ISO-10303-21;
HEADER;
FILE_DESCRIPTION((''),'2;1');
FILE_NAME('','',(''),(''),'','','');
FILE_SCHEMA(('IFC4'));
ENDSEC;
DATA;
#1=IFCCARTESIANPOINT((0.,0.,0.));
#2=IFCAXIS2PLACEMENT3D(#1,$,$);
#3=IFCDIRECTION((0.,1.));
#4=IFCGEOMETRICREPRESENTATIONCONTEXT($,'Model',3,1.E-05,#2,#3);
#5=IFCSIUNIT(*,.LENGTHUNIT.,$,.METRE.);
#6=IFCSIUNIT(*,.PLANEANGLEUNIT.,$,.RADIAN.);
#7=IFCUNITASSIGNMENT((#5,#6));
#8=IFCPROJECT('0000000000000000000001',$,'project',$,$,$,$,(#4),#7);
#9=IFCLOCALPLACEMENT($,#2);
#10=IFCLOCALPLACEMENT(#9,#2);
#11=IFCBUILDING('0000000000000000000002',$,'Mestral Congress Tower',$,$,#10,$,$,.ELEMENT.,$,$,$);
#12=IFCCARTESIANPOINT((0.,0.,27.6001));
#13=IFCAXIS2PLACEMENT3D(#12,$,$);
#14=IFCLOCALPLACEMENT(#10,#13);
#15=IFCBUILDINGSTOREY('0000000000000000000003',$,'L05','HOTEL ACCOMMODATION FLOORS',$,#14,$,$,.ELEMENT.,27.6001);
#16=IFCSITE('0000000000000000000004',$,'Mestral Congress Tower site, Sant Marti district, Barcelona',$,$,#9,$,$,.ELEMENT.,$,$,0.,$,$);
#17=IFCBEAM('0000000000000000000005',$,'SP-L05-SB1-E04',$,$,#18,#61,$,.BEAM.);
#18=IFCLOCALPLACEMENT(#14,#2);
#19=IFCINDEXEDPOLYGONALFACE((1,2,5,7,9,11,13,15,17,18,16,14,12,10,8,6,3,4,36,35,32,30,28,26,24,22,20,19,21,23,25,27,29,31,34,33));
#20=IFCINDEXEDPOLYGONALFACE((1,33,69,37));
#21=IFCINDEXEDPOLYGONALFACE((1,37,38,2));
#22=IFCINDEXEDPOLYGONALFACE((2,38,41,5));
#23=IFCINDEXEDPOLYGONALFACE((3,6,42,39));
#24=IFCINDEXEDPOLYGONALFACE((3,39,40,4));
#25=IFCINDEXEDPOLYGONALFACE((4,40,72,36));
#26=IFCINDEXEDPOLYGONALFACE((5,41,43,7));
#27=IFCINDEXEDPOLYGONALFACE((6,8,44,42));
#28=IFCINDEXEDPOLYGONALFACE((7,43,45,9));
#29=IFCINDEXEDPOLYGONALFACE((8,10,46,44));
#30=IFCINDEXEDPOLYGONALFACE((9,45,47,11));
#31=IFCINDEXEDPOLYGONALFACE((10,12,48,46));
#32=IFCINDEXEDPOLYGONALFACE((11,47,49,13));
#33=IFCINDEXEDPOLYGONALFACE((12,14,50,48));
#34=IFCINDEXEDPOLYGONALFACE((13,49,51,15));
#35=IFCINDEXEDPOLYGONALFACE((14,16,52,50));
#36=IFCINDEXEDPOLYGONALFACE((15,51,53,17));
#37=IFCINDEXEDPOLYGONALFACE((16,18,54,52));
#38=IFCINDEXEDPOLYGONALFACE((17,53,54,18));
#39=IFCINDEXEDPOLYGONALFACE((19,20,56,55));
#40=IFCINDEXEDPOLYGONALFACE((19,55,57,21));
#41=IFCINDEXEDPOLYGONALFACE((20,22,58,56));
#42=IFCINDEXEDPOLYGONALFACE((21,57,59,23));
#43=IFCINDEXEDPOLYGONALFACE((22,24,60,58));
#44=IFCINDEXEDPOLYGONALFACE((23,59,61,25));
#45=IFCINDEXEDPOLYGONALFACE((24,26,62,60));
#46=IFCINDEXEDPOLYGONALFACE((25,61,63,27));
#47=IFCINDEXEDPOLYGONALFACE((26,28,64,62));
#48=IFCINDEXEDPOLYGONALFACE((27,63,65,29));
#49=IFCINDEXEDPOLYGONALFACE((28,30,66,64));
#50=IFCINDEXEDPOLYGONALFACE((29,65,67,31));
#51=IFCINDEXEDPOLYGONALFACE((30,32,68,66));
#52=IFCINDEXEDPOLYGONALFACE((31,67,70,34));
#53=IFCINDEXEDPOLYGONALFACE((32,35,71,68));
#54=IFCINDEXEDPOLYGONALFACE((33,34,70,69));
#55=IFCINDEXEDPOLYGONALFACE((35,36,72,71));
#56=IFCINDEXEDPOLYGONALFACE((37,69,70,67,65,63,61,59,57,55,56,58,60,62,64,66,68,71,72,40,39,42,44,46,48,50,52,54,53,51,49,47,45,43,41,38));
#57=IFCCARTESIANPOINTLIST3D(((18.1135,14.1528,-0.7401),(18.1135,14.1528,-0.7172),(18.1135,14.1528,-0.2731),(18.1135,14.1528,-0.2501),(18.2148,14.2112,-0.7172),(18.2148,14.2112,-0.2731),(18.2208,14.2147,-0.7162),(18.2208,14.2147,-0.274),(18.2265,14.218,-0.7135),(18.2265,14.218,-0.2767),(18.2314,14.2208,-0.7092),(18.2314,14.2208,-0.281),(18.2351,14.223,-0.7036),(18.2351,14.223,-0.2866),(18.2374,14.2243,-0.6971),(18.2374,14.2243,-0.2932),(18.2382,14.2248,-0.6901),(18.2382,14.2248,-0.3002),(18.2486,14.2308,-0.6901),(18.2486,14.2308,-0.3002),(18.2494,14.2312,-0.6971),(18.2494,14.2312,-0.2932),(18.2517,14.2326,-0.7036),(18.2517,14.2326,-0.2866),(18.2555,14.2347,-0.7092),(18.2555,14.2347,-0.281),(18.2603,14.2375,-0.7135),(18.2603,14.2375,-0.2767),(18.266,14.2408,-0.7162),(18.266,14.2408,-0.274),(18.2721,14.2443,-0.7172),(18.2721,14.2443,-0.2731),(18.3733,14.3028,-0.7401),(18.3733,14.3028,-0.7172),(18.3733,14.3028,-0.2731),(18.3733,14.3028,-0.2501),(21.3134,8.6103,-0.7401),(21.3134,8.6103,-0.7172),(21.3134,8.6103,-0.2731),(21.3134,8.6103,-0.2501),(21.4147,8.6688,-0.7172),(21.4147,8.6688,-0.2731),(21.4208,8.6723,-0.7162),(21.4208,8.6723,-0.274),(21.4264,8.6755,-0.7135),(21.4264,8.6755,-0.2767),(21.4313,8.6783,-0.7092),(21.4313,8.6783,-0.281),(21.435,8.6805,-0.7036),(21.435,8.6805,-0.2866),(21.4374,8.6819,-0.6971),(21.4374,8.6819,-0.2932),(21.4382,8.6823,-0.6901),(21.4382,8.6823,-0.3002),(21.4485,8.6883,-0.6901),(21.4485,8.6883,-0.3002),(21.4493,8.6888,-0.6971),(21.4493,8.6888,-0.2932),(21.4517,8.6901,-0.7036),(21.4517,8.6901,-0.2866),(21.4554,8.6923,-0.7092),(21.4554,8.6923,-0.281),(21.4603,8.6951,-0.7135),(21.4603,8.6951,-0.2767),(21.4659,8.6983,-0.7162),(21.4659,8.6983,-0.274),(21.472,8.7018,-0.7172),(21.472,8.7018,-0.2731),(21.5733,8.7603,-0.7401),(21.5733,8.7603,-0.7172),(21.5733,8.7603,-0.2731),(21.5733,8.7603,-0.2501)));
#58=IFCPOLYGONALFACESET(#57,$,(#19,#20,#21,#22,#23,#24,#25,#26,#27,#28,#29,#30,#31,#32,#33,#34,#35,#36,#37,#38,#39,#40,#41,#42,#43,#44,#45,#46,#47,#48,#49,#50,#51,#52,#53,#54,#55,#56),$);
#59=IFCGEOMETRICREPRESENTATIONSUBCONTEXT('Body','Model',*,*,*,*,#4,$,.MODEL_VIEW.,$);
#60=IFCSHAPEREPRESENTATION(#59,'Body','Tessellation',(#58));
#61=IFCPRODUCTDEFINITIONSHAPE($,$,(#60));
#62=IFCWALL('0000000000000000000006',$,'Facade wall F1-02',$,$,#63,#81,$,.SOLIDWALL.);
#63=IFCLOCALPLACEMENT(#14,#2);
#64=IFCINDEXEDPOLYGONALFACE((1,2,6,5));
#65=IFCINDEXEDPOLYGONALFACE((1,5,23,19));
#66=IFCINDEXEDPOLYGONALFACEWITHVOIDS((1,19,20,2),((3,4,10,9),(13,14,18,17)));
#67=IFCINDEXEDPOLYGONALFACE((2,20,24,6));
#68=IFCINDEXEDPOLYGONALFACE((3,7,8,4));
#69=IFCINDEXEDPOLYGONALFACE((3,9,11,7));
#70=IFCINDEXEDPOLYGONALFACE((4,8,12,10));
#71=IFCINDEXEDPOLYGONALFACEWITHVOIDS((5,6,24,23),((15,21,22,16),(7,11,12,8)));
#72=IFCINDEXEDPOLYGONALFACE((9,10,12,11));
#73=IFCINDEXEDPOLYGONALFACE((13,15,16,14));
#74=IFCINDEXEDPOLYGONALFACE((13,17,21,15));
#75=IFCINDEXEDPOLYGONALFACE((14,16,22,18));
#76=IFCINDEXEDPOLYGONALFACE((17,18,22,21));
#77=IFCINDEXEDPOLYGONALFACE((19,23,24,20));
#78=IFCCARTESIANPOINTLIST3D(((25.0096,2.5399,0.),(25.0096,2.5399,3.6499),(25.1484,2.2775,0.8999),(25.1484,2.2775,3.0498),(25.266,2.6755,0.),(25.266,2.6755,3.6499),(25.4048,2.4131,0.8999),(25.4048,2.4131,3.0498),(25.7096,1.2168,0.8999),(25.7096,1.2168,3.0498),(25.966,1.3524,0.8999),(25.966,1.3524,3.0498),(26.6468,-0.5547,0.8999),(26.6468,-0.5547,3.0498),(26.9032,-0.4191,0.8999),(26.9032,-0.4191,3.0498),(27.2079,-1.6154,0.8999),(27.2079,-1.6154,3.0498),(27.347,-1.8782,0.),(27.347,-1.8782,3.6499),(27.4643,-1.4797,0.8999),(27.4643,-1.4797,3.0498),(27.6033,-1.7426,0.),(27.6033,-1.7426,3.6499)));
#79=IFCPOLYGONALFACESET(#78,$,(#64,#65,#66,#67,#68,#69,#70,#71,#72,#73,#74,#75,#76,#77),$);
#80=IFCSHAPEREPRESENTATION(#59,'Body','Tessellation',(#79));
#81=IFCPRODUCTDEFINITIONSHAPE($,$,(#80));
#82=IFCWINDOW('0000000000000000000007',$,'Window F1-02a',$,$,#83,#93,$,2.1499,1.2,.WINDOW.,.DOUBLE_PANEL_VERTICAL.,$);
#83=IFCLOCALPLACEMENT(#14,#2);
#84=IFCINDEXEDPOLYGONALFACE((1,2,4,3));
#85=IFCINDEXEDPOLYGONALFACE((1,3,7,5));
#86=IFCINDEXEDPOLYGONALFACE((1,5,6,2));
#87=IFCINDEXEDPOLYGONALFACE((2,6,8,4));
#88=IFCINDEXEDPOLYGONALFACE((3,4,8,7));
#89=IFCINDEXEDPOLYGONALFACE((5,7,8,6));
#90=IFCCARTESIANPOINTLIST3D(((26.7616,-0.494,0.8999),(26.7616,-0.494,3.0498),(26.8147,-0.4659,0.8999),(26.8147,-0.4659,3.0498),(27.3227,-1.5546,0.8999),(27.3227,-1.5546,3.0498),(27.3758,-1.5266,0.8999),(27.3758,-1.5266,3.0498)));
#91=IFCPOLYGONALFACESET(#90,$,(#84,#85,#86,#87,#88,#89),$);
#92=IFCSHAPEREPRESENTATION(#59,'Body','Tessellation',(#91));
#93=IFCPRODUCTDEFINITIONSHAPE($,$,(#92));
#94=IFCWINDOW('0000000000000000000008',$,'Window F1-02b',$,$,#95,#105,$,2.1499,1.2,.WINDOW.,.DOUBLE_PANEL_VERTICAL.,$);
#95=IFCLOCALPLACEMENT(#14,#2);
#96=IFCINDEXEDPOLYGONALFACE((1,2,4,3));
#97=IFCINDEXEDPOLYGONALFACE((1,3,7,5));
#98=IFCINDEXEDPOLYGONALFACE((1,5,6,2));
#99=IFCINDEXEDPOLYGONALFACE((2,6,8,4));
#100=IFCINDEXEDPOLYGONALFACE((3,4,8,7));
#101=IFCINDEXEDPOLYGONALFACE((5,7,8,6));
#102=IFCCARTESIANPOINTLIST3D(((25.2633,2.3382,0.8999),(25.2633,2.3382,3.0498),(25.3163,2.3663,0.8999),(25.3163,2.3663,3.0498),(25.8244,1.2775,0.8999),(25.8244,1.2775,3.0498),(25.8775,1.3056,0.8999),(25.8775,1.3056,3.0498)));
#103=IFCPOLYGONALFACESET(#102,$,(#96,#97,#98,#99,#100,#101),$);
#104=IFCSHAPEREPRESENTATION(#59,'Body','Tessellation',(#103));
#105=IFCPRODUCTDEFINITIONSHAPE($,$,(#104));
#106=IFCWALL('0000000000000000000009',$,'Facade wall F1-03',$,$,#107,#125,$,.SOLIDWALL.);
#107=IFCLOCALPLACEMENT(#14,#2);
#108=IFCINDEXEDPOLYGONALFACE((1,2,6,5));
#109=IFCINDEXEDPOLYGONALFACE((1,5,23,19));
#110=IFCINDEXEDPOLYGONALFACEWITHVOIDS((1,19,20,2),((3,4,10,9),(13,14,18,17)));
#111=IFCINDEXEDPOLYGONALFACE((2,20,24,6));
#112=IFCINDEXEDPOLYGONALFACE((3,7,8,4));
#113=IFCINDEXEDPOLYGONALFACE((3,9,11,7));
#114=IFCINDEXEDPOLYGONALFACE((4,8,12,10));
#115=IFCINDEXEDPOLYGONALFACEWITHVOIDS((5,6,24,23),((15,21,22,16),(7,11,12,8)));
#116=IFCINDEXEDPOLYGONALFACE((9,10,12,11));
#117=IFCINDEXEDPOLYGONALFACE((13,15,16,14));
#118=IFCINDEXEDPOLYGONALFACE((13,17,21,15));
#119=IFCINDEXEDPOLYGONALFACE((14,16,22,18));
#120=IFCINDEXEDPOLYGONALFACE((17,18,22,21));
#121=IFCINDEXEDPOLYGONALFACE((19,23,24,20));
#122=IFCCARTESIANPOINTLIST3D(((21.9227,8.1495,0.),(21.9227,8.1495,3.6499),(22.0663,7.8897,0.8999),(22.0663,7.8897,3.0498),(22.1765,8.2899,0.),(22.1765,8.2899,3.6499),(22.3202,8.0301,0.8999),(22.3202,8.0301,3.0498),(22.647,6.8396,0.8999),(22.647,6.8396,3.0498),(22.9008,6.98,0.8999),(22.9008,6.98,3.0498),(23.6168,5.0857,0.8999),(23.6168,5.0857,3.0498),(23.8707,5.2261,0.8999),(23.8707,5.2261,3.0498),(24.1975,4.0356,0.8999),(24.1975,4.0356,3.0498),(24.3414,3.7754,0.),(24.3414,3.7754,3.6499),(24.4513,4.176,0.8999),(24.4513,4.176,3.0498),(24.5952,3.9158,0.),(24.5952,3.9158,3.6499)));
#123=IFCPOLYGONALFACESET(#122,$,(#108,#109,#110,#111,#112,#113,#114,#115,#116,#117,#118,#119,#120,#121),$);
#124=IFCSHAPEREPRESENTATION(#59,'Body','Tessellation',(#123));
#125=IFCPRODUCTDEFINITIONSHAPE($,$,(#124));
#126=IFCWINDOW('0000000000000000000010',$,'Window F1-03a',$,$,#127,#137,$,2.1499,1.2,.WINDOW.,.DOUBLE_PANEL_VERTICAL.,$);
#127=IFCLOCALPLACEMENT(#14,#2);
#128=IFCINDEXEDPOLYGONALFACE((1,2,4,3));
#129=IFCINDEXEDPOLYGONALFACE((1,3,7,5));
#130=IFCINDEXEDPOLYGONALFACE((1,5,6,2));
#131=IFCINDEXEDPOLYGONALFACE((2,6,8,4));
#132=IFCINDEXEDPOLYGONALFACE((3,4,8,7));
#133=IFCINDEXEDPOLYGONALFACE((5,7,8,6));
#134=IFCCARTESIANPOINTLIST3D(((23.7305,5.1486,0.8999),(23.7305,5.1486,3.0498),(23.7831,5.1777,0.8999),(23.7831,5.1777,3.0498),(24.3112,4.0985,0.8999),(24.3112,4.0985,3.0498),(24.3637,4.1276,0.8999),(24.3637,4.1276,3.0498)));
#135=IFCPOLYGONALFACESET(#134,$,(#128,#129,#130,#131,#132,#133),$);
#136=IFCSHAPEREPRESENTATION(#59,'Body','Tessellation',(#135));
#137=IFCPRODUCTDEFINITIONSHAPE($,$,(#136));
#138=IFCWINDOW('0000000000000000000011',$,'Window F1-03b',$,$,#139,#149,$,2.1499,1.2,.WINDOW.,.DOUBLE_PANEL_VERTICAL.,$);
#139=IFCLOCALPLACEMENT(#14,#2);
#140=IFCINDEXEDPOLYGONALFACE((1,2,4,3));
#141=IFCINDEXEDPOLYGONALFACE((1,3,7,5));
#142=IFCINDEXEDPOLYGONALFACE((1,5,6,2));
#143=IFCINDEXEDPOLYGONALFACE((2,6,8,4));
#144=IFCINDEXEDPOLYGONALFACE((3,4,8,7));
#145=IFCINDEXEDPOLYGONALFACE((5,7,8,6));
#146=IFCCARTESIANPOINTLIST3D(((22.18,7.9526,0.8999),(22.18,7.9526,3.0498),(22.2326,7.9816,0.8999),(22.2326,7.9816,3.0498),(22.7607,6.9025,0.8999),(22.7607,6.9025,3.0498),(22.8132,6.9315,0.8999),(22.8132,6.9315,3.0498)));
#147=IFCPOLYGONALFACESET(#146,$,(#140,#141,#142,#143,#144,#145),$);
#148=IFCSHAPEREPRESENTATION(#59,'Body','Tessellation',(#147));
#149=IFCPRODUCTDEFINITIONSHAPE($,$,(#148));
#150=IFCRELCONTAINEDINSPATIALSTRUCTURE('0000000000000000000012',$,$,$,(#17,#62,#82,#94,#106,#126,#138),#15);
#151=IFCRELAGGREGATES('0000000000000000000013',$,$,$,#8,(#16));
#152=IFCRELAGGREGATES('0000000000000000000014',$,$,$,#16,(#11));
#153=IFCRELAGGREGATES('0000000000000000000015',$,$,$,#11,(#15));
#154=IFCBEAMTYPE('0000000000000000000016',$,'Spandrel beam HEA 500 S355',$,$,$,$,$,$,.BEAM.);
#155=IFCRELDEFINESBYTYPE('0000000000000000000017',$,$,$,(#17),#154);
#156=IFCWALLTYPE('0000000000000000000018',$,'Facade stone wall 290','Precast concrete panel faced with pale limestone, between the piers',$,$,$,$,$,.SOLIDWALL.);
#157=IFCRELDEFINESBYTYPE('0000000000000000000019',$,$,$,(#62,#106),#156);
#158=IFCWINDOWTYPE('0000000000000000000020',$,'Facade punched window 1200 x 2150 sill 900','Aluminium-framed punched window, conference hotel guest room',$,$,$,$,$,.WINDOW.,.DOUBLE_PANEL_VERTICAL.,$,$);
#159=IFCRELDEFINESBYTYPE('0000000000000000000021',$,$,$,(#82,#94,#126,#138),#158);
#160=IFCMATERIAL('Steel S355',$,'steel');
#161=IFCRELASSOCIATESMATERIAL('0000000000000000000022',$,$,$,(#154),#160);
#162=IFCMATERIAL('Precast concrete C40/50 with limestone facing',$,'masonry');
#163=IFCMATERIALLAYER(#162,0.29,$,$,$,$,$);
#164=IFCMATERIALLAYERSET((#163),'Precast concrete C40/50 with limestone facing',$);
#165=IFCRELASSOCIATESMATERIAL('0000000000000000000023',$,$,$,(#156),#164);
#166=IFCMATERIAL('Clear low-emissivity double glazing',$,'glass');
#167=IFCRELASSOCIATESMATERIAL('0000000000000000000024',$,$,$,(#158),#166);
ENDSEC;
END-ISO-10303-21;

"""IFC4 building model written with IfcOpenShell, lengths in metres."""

from ifc_helpers import new_model, si_unit, direction, frame, frame_2d, origin, origin_2d, place, context, subcontext, project, spatial, rectangle, i_section, extrude, material, layer, layer_set, material_profile, profile_set, type_object, element, fill, save


model = new_model("IFC4")

# Units and contexts
model_context = context("Model", 3, precision=1e-05, world=origin(), true_north=direction((0.0, 1.0)))
body_context = subcontext(model_context, "Body", "Model", "MODEL_VIEW")
ifc_project = project(units=[si_unit("LENGTHUNIT", "METRE"), si_unit("PLANEANGLEUNIT", "RADIAN")], contexts=[model_context])

# Site, building, storey
site_placement = place(None, origin())
site = spatial("IfcSite", under=ifc_project, at=site_placement, Name="Mestral Congress Tower site, Sant Marti district, Barcelona", CompositionType="ELEMENT", RefElevation=0.0)
building_placement = place(site_placement, origin())
building = spatial("IfcBuilding", under=site, at=building_placement, Name="Mestral Congress Tower", CompositionType="ELEMENT")
storey_placement = place(building_placement, frame((0.0, 0.0, 27.6001)))
storey = spatial("IfcBuildingStorey", under=building, at=storey_placement, Name="L05", Description="HOTEL ACCOMMODATION FLOORS", CompositionType="ELEMENT", Elevation=27.6001)

# Beam
ifc_material_1 = material(Name="Steel S355", Category="steel")
ifc_material_profile_1 = material_profile(ifc_material_1, i_section(OverallWidth=0.3, OverallDepth=0.49, WebThickness=0.012, FlangeThickness=0.0229, FilletRadius=0.0271, at=origin_2d()), Name="HEA 500")
ifc_profile_set_1 = profile_set([ifc_material_profile_1], Name="Steel S355")
beam_type_1 = type_object("IfcBeamType", Name="Spandrel beam HEA 500 S355", PredefinedType="BEAM", material=ifc_profile_set_1)
for number, where, z_axis, x_axis, name in (
    (1, (21.4434, 8.6853, -0.4951), (-0.5, 0.866025, 0.0), (-0.866025, -0.5, 0.0), "SP-L05-SB1-E04"),
):
    element("IfcBeam", number, at=place(storey_placement, frame(where, z_axis=z_axis, x_axis=x_axis)), inside=storey, type_object=beam_type_1, Name=name, PredefinedType="BEAM", context=body_context, shape_type="SweptSolid", body=[
        extrude(i_section(OverallWidth=0.3, OverallDepth=0.49, WebThickness=0.012, FlangeThickness=0.0229, FilletRadius=0.0271, at=origin_2d()), origin(), (0.0, 0.0, 1.0), 6.3999),
    ])

# Walls, openings, windows
ifc_material_2 = material(Name="Precast concrete C40/50 with limestone facing", Category="masonry")
ifc_layer_1 = layer(ifc_material_2, 0.29)
ifc_layer_set_1 = layer_set([ifc_layer_1], Name="Precast concrete C40/50 with limestone facing")
wall_type_1 = type_object("IfcWallType", Name="Facade stone wall 290", Description="Precast concrete panel faced with pale limestone, between the piers", PredefinedType="SOLIDWALL", material=ifc_layer_set_1)
wall_1_placement = place(storey_placement, frame((27.4751, -1.8103, 0.0), z_axis=(0.0, 0.0, 1.0), x_axis=(-0.46763, 0.883925, 0.0)))
wall_1 = element("IfcWall", 2, at=wall_1_placement, inside=storey, type_object=wall_type_1, Name="Facade wall F1-02", PredefinedType="SOLIDWALL", context=body_context, shape_type="SweptSolid", body=[
    extrude(rectangle(XDim=4.9983, YDim=0.29, at=frame_2d((2.499, 0.0))), origin(), (0.0, 0.0, 1.0), 3.6499),
])
opening_1_placement = place(wall_1_placement, frame((0.2971, 0.0, 0.8999)))
opening_1 = element("IfcOpeningElement", 3, at=opening_1_placement, cuts=wall_1, PredefinedType="OPENING", context=body_context, shape_type="SweptSolid", body=[
    extrude(rectangle(XDim=1.2, YDim=2.1499, at=frame_2d((0.6001, 1.075))), frame((0.0, 0.155, 0.0), z_axis=(0.0, -1.0, 0.0), x_axis=(1.0, 0.0, 0.0)), (0.0, 0.0, 1.0), 0.3101),
])
opening_2_placement = place(wall_1_placement, frame((3.5012, 0.0, 0.8999)))
opening_2 = element("IfcOpeningElement", 4, at=opening_2_placement, cuts=wall_1, PredefinedType="OPENING", context=body_context, shape_type="SweptSolid", body=[
    extrude(rectangle(XDim=1.2, YDim=2.1499, at=frame_2d((0.6001, 1.075))), frame((0.0, 0.155, 0.0), z_axis=(0.0, -1.0, 0.0), x_axis=(1.0, 0.0, 0.0)), (0.0, 0.0, 1.0), 0.3101),
])
ifc_material_3 = material(Name="Clear low-emissivity double glazing", Category="glass")
window_type = type_object("IfcWindowType", Name="Facade punched window 1200 x 2150 sill 900", Description="Aluminium-framed punched window, conference hotel guest room", PartitioningType="DOUBLE_PANEL_VERTICAL", PredefinedType="WINDOW", material=ifc_material_3)
window_1_placement = place(opening_1_placement, origin())
window_1 = element("IfcWindow", 5, at=window_1_placement, inside=storey, type_object=window_type, Name="Window F1-02a", OverallHeight=2.1499, OverallWidth=1.2, PartitioningType="DOUBLE_PANEL_VERTICAL", PredefinedType="WINDOW", context=body_context, shape_type="SweptSolid", body=[
    extrude(rectangle(XDim=1.2, YDim=2.1499, at=frame_2d((0.6001, 1.075))), frame((0.0, 0.0151, 0.0), z_axis=(0.0, -1.0, 0.0), x_axis=(1.0, 0.0, 0.0)), (0.0, 0.0, 1.0), 0.0601),
])
fill(opening_1, window_1)
window_2_placement = place(opening_2_placement, origin())
window_2 = element("IfcWindow", 6, at=window_2_placement, inside=storey, type_object=window_type, Name="Window F1-02b", OverallHeight=2.1499, OverallWidth=1.2, PartitioningType="DOUBLE_PANEL_VERTICAL", PredefinedType="WINDOW", context=body_context, shape_type="SweptSolid", body=[
    extrude(rectangle(XDim=1.2, YDim=2.1499, at=frame_2d((0.6001, 1.075))), frame((0.0, 0.0151, 0.0), z_axis=(0.0, -1.0, 0.0), x_axis=(1.0, 0.0, 0.0)), (0.0, 0.0, 1.0), 0.0601),
])
fill(opening_2, window_2)
wall_2_placement = place(storey_placement, frame((24.4683, 3.8457, 0.0), z_axis=(0.0, 0.0, 1.0), x_axis=(-0.483913, 0.875116, 0.0)))
wall_2 = element("IfcWall", 7, at=wall_2_placement, inside=storey, type_object=wall_type_1, Name="Facade wall F1-03", PredefinedType="SOLIDWALL", context=body_context, shape_type="SweptSolid", body=[
    extrude(rectangle(XDim=4.9983, YDim=0.29, at=frame_2d((2.499, 0.0))), origin(), (0.0, 0.0, 1.0), 3.6499),
])
opening_3_placement = place(wall_2_placement, frame((0.2971, 0.0, 0.8999)))
opening_3 = element("IfcOpeningElement", 8, at=opening_3_placement, cuts=wall_2, PredefinedType="OPENING", context=body_context, shape_type="SweptSolid", body=[
    extrude(rectangle(XDim=1.2, YDim=2.1499, at=frame_2d((0.6001, 1.075))), frame((0.0, 0.155, 0.0), z_axis=(0.0, -1.0, 0.0), x_axis=(1.0, 0.0, 0.0)), (0.0, 0.0, 1.0), 0.3101),
])
opening_4_placement = place(wall_2_placement, frame((3.5012, 0.0, 0.8999)))
opening_4 = element("IfcOpeningElement", 9, at=opening_4_placement, cuts=wall_2, PredefinedType="OPENING", context=body_context, shape_type="SweptSolid", body=[
    extrude(rectangle(XDim=1.2, YDim=2.1499, at=frame_2d((0.6001, 1.075))), frame((0.0, 0.155, 0.0), z_axis=(0.0, -1.0, 0.0), x_axis=(1.0, 0.0, 0.0)), (0.0, 0.0, 1.0), 0.3101),
])
window_3_placement = place(opening_3_placement, origin())
window_3 = element("IfcWindow", 10, at=window_3_placement, inside=storey, type_object=window_type, Name="Window F1-03a", OverallHeight=2.1499, OverallWidth=1.2, PartitioningType="DOUBLE_PANEL_VERTICAL", PredefinedType="WINDOW", context=body_context, shape_type="SweptSolid", body=[
    extrude(rectangle(XDim=1.2, YDim=2.1499, at=frame_2d((0.6001, 1.075))), frame((0.0, 0.0151, 0.0), z_axis=(0.0, -1.0, 0.0), x_axis=(1.0, 0.0, 0.0)), (0.0, 0.0, 1.0), 0.0601),
])
fill(opening_3, window_3)
window_4_placement = place(opening_4_placement, origin())
window_4 = element("IfcWindow", 11, at=window_4_placement, inside=storey, type_object=window_type, Name="Window F1-03b", OverallHeight=2.1499, OverallWidth=1.2, PartitioningType="DOUBLE_PANEL_VERTICAL", PredefinedType="WINDOW", context=body_context, shape_type="SweptSolid", body=[
    extrude(rectangle(XDim=1.2, YDim=2.1499, at=frame_2d((0.6001, 1.075))), frame((0.0, 0.0151, 0.0), z_axis=(0.0, -1.0, 0.0), x_axis=(1.0, 0.0, 0.0)), (0.0, 0.0, 1.0), 0.0601),
])
fill(opening_4, window_4)

save(model, "model.ifc")
